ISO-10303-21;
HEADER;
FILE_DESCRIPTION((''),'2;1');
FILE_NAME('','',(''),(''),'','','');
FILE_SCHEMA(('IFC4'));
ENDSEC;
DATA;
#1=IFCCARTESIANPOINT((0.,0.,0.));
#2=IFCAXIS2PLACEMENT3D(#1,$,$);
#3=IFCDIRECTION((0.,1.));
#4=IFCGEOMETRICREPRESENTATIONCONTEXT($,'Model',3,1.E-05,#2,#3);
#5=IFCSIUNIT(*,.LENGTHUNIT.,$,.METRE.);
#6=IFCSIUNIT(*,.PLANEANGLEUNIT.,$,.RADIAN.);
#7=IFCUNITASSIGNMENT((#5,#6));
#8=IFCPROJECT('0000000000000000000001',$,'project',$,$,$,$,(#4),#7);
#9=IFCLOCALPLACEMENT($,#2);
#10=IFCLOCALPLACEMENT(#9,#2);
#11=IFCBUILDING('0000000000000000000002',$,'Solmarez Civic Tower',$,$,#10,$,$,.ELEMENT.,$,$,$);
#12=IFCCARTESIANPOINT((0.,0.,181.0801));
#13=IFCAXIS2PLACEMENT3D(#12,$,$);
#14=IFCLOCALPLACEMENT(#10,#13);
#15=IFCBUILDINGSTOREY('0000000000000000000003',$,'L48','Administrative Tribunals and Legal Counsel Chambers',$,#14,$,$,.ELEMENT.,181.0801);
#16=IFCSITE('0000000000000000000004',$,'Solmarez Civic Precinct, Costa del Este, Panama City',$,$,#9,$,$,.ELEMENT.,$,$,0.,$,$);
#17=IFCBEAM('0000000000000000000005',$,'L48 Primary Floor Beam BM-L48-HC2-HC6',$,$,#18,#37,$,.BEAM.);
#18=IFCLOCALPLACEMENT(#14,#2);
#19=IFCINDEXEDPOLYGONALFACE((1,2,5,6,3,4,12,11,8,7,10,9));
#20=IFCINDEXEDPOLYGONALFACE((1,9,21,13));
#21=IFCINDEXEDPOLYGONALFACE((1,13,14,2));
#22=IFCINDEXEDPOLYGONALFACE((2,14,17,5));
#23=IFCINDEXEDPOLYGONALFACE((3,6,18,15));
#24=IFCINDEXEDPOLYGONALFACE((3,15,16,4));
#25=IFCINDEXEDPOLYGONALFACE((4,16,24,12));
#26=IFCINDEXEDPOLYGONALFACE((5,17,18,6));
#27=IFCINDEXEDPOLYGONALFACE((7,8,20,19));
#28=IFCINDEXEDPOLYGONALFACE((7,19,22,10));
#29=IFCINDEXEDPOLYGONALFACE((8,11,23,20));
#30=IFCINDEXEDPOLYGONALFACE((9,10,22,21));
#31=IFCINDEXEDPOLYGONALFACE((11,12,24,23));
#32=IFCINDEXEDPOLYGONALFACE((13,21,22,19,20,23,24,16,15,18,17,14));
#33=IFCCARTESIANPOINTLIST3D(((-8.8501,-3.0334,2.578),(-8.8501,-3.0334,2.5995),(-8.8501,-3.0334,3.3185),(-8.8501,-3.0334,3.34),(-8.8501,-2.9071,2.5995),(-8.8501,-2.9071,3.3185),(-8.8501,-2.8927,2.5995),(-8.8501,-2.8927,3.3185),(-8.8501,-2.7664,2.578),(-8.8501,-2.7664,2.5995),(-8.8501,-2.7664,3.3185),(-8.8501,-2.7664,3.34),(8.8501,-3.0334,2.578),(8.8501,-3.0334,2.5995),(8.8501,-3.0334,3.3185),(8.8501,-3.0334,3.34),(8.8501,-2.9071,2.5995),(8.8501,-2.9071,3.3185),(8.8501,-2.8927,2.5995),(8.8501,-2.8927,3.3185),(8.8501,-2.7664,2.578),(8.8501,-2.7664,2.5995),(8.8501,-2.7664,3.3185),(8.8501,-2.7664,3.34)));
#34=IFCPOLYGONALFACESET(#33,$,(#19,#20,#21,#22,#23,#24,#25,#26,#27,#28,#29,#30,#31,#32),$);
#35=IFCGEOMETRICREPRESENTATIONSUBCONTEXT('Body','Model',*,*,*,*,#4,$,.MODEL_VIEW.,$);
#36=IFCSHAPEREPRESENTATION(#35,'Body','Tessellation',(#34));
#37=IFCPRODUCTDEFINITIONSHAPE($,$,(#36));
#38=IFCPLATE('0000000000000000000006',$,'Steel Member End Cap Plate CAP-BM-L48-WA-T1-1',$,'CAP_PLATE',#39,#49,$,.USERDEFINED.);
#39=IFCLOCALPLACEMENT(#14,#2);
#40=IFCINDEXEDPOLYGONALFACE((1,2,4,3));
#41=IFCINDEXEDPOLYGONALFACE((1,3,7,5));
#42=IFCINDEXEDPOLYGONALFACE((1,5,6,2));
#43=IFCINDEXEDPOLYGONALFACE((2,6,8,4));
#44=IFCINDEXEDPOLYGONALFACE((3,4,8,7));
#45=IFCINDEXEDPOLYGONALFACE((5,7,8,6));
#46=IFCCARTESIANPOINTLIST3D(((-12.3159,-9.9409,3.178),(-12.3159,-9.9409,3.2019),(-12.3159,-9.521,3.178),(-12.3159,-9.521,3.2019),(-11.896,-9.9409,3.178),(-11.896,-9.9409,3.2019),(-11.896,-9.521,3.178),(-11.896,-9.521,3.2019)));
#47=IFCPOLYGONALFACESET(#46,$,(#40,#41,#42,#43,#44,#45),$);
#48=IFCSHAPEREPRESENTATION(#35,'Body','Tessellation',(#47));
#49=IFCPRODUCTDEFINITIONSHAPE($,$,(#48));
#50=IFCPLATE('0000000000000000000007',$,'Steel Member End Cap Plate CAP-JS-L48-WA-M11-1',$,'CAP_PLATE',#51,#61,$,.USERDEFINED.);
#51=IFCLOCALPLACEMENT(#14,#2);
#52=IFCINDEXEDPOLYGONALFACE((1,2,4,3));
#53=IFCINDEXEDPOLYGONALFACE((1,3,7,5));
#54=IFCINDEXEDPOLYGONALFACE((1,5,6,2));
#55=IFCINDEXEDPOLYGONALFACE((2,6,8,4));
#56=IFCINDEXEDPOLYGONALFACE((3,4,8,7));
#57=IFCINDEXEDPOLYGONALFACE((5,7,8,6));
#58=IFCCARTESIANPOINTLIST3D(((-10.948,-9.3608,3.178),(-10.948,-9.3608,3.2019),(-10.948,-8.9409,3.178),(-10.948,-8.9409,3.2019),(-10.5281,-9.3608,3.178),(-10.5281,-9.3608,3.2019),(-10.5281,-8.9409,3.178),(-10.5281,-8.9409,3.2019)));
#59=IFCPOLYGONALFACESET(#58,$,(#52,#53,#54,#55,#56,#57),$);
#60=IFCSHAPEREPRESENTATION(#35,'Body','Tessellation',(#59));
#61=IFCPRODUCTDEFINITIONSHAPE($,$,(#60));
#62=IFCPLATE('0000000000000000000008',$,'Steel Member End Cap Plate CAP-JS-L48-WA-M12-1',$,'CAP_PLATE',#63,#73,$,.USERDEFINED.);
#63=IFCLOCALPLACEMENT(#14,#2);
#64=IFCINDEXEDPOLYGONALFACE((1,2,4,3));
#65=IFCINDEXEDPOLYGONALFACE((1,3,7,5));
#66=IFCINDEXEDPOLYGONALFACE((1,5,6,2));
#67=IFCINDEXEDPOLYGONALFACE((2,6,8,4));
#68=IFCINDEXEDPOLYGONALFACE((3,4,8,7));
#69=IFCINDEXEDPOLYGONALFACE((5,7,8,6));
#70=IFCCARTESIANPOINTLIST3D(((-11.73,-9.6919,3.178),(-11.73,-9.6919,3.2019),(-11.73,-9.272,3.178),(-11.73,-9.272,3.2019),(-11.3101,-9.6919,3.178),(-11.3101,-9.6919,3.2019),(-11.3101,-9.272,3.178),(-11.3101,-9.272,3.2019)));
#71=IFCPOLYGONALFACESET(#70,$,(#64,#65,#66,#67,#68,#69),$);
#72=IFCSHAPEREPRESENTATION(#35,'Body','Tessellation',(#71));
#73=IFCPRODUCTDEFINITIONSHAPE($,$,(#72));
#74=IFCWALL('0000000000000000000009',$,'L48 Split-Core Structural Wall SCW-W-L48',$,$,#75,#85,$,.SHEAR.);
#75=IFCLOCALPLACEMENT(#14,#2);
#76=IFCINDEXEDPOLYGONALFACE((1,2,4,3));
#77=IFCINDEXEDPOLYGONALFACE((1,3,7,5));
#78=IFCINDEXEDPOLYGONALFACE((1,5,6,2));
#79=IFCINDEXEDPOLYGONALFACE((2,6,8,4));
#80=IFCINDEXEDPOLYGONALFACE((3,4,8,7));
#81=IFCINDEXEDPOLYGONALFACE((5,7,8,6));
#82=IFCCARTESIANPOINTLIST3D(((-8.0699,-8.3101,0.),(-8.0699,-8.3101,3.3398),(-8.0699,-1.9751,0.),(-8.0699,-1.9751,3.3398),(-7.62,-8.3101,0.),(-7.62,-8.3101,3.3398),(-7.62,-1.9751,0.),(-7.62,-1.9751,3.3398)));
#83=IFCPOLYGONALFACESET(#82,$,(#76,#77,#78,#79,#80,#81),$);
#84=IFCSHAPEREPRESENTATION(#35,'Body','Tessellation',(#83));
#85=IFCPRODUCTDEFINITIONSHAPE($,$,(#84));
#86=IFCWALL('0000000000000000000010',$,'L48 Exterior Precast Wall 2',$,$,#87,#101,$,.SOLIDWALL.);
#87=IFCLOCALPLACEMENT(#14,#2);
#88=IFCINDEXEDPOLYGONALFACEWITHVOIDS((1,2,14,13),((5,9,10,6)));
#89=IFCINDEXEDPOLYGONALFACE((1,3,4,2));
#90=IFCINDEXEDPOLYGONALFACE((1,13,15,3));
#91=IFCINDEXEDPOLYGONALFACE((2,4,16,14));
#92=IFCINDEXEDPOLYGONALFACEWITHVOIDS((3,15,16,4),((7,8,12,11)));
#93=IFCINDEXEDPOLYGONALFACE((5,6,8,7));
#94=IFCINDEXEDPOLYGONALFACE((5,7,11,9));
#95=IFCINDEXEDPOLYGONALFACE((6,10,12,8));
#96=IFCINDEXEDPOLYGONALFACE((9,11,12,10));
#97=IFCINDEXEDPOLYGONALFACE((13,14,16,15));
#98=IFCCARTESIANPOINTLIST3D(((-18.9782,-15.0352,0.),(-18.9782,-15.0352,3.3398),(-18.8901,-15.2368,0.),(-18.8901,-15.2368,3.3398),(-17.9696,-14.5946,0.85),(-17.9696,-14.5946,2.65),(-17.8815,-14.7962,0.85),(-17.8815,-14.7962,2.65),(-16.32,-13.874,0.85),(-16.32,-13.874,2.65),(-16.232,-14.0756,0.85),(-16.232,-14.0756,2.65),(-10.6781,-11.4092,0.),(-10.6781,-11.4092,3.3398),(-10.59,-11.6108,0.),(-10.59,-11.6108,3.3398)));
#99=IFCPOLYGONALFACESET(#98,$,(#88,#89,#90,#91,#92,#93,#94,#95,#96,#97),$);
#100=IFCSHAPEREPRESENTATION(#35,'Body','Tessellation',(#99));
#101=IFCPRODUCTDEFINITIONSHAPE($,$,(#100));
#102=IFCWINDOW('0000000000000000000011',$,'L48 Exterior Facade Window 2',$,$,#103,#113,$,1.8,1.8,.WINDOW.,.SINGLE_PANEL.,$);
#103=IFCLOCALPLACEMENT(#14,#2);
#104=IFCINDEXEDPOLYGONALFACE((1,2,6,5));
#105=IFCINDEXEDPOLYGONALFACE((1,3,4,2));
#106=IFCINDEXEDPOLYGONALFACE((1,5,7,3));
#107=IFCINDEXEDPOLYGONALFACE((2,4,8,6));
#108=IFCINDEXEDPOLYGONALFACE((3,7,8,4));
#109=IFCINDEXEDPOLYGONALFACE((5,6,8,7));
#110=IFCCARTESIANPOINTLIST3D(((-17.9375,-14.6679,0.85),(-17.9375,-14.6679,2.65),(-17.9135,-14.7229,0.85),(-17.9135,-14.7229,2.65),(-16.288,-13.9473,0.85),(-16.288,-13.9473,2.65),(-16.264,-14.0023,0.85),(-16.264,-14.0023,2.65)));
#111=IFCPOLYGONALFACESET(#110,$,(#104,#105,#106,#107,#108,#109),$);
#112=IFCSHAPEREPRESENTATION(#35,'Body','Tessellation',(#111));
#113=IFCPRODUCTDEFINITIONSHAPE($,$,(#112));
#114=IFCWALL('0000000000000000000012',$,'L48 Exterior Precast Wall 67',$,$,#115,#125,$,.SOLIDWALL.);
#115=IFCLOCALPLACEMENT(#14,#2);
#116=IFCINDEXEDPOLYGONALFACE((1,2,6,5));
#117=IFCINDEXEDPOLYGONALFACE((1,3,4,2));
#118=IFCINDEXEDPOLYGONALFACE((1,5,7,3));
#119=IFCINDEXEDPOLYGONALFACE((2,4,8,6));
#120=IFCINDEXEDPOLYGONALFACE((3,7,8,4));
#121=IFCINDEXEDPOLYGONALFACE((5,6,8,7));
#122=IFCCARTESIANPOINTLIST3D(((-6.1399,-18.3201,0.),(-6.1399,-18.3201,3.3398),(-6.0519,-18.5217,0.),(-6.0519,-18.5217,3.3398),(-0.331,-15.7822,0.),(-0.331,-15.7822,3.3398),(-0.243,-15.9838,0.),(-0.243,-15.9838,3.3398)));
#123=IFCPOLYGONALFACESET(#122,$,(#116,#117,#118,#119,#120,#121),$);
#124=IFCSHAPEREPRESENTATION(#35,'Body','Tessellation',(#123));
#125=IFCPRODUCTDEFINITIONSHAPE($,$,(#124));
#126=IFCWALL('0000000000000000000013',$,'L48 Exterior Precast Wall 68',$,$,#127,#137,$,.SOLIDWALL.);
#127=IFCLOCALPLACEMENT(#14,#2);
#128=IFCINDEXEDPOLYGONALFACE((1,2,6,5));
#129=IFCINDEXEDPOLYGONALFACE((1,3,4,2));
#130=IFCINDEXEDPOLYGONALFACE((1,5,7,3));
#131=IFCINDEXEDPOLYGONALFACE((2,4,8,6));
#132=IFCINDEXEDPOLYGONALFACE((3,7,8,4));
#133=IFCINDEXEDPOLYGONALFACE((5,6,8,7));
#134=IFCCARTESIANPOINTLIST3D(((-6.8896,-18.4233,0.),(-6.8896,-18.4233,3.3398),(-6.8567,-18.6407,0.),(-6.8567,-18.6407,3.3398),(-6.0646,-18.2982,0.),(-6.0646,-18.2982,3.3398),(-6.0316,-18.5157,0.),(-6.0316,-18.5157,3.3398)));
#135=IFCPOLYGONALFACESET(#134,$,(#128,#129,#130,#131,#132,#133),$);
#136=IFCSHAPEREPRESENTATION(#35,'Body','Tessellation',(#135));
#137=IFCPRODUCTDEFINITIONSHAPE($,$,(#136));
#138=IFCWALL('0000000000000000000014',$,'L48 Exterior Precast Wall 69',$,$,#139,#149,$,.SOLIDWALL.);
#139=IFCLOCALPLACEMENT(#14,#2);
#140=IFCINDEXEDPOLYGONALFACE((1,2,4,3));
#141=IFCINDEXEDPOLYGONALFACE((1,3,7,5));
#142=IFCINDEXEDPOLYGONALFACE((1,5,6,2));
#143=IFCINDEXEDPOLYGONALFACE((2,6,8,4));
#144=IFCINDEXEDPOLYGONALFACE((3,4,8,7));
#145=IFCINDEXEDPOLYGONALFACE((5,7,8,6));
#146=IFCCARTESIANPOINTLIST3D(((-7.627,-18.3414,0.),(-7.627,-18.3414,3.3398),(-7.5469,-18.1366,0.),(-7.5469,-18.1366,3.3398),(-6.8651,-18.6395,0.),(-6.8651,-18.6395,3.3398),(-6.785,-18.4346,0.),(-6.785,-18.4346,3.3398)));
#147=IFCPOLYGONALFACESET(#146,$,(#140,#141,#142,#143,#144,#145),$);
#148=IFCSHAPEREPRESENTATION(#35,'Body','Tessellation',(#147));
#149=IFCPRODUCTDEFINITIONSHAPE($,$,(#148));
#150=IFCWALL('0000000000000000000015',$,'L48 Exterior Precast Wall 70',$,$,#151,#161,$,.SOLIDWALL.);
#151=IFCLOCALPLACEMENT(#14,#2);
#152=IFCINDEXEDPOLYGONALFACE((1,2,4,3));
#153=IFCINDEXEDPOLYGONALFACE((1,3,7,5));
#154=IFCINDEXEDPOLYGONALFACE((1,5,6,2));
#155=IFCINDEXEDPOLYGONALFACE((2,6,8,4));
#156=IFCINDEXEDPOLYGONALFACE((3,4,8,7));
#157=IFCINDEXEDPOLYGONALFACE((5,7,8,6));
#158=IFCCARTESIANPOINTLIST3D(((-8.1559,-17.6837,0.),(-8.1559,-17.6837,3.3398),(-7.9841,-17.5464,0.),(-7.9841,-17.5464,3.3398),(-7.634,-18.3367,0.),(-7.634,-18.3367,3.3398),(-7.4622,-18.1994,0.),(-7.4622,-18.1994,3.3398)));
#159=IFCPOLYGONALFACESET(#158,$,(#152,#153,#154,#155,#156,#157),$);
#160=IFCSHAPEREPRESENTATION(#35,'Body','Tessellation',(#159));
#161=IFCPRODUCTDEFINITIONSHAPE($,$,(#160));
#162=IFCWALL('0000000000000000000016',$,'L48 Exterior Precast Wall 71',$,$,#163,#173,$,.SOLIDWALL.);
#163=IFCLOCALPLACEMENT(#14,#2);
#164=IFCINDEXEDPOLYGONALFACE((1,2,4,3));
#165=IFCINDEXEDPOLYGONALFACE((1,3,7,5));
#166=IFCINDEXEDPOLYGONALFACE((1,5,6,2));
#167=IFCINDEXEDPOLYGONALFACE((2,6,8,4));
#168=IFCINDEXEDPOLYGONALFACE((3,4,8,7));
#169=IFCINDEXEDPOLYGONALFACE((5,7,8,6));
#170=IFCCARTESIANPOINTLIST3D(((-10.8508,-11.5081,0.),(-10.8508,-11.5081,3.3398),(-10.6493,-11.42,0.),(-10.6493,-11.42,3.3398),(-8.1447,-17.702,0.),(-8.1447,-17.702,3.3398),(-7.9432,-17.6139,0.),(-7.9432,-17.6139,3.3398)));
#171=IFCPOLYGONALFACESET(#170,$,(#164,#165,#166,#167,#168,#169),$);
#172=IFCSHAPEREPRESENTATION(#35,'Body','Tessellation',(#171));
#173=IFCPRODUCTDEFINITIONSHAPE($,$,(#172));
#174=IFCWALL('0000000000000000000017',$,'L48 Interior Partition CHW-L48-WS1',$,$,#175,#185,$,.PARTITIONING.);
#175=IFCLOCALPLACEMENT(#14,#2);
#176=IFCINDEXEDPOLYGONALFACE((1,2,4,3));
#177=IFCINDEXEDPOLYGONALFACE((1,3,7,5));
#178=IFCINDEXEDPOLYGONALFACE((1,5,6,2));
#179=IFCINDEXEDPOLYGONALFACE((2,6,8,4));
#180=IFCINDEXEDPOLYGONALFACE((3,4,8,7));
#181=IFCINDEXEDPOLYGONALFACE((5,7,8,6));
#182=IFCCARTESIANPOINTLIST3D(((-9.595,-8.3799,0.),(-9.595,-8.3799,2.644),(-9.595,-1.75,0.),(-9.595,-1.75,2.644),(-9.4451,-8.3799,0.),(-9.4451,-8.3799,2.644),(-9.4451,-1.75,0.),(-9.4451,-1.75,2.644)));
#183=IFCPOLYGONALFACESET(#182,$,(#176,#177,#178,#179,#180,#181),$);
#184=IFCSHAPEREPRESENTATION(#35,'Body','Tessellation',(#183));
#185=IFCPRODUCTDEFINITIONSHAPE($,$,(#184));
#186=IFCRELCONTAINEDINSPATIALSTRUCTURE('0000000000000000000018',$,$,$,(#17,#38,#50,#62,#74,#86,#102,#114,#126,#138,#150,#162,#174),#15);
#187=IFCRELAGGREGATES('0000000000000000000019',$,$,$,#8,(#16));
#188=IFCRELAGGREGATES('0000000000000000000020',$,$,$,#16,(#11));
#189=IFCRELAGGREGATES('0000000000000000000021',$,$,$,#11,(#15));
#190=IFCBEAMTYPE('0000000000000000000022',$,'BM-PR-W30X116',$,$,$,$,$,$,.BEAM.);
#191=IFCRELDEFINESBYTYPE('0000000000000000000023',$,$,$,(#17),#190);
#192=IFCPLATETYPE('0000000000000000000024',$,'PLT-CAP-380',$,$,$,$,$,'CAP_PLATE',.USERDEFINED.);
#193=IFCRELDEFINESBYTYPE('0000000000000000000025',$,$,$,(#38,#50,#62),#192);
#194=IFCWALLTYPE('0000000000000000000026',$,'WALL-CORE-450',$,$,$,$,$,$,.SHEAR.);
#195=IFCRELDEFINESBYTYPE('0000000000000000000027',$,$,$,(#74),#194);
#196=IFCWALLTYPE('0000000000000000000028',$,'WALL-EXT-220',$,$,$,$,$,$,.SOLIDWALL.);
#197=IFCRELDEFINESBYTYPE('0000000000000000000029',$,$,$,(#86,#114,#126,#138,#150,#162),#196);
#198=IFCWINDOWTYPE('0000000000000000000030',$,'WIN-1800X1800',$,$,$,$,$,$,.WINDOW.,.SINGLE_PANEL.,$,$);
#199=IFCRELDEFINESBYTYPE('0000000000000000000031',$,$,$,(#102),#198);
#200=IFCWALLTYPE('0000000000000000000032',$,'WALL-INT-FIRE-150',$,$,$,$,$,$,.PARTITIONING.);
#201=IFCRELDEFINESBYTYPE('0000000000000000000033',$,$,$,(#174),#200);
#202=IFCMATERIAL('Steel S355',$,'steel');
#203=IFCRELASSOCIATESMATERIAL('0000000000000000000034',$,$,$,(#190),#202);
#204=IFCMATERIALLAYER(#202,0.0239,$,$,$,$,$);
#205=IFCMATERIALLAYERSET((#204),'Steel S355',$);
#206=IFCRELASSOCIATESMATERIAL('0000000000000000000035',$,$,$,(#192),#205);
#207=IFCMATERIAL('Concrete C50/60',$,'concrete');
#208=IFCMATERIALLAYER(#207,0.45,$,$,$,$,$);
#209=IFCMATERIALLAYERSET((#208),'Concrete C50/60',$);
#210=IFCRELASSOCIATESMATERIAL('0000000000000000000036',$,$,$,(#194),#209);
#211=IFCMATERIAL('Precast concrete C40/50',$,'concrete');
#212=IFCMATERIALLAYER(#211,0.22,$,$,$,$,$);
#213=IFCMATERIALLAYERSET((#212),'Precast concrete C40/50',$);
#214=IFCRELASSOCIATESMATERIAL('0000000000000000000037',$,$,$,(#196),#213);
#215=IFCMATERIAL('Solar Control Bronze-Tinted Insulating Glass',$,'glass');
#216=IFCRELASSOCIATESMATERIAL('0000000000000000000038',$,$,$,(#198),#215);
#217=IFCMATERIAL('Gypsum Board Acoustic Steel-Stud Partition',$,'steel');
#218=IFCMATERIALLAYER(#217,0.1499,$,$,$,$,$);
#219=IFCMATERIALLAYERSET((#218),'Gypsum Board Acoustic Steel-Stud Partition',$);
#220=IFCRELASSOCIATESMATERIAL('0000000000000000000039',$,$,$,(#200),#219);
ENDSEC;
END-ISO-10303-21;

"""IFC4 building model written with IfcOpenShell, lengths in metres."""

from ifc_helpers import new_model, si_unit, direction, frame, frame_2d, origin, origin_2d, place, context, subcontext, project, spatial, rectangle, i_section, extrude, material, layer, layer_set, material_profile, profile_set, type_object, element, fill, save


model = new_model("IFC4")

# Units and contexts
model_context = context("Model", 3, precision=1e-05, world=origin(), true_north=direction((0.0, 1.0)))
body_context = subcontext(model_context, "Body", "Model", "MODEL_VIEW")
ifc_project = project(units=[si_unit("LENGTHUNIT", "METRE"), si_unit("PLANEANGLEUNIT", "RADIAN")], contexts=[model_context])

# Site, building, storey
site_placement = place(None, origin())
site = spatial("IfcSite", under=ifc_project, at=site_placement, Name="Solmarez Civic Precinct, Costa del Este, Panama City", CompositionType="ELEMENT", RefElevation=0.0)
building_placement = place(site_placement, origin())
building = spatial("IfcBuilding", under=site, at=building_placement, Name="Solmarez Civic Tower", CompositionType="ELEMENT")
storey_placement = place(building_placement, frame((0.0, 0.0, 181.0801)))
storey = spatial("IfcBuildingStorey", under=building, at=storey_placement, Name="L48", Description="Administrative Tribunals and Legal Counsel Chambers", CompositionType="ELEMENT", Elevation=181.0801)

# Shared definitions
ifc_material_1 = material(Name="Concrete C50/60", Category="concrete")
ifc_material_2 = material(Name="Steel S355", Category="steel")

# Beam
ifc_material_profile_1 = material_profile(ifc_material_2, i_section(OverallWidth=0.2671, OverallDepth=0.762, WebThickness=0.0144, FlangeThickness=0.0215, at=origin_2d()), Name="W30X116")
ifc_profile_set_1 = profile_set([ifc_material_profile_1], Name="Steel S355")
beam_type_1 = type_object("IfcBeamType", Name="BM-PR-W30X116", PredefinedType="BEAM", material=ifc_profile_set_1)
beam_1_placement = place(storey_placement, frame((-8.8501, -2.8999, 2.959), z_axis=(1.0, 0.0, 0.0), x_axis=(0.0, 1.0, 0.0)))
element("IfcBeam", 1, at=beam_1_placement, inside=storey, type_object=beam_type_1, Name="L48 Primary Floor Beam BM-L48-HC2-HC6", PredefinedType="BEAM", context=body_context, shape_type="SweptSolid", body=[
    extrude(i_section(OverallWidth=0.2671, OverallDepth=0.762, WebThickness=0.0144, FlangeThickness=0.0215, at=origin_2d()), origin(), (0.0, 0.0, 1.0), 17.7002),
])

# Plates
ifc_layer_1 = layer(ifc_material_2, 0.0239)
ifc_layer_set_1 = layer_set([ifc_layer_1], Name="Steel S355")
plate_type = type_object("IfcPlateType", Name="PLT-CAP-380", ElementType="CAP_PLATE", PredefinedType="USERDEFINED", material=ifc_layer_set_1)
for number, where, z_axis, x_axis, name in (
    (2, (-12.106, -9.731, 3.178), (0.0, 0.0, 1.0), (1.0, 0.0, 0.0), "Steel Member End Cap Plate CAP-BM-L48-WA-T1-1"),
    (3, (-10.738, -9.1509, 3.178), (0.0, 0.0, 1.0), (1.0, 0.0, 0.0), "Steel Member End Cap Plate CAP-JS-L48-WA-M11-1"),
    (4, (-11.52, -9.4819, 3.178), (0.0, 0.0, 1.0), (1.0, 0.0, 0.0), "Steel Member End Cap Plate CAP-JS-L48-WA-M12-1"),
):
    element("IfcPlate", number, at=place(storey_placement, frame(where, z_axis=z_axis, x_axis=x_axis)), inside=storey, type_object=plate_type, Name=name, ObjectType="CAP_PLATE", PredefinedType="USERDEFINED", context=body_context, shape_type="SweptSolid", body=[
        extrude(rectangle(XDim=0.4199, YDim=0.4199, at=origin_2d()), origin(), (0.0, 0.0, 1.0), 0.0239),
    ])

# Wall
ifc_layer_2 = layer(ifc_material_1, 0.45)
ifc_layer_set_2 = layer_set([ifc_layer_2], Name="Concrete C50/60")
wall_type_1 = type_object("IfcWallType", Name="WALL-CORE-450", PredefinedType="SHEAR", material=ifc_layer_set_2)
wall_1_placement = place(storey_placement, frame((-7.845, -8.3101, 0.0), z_axis=(0.0, 0.0, 1.0), x_axis=(0.0, 1.0, 0.0)))
element("IfcWall", 5, at=wall_1_placement, inside=storey, type_object=wall_type_1, Name="L48 Split-Core Structural Wall SCW-W-L48", PredefinedType="SHEAR", context=body_context, shape_type="SweptSolid", body=[
    extrude(rectangle(XDim=6.335, YDim=0.45, at=frame_2d((3.1675, 0.0))), origin(), (0.0, 0.0, 1.0), 3.3398),
])

# Wall, opening, window
ifc_material_3 = material(Name="Precast concrete C40/50", Category="concrete")
ifc_layer_3 = layer(ifc_material_3, 0.22)
ifc_layer_set_3 = layer_set([ifc_layer_3], Name="Precast concrete C40/50")
wall_type_2 = type_object("IfcWallType", Name="WALL-EXT-220", PredefinedType="SOLIDWALL", material=ifc_layer_set_3)
wall_2_placement = place(storey_placement, frame((-10.634, -11.51, 0.0), z_axis=(0.0, 0.0, 1.0), x_axis=(-0.916372, -0.400328, 0.0)))
wall_2 = element("IfcWall", 6, at=wall_2_placement, inside=storey, type_object=wall_type_2, Name="L48 Exterior Precast Wall 2", PredefinedType="SOLIDWALL", context=body_context, shape_type="SweptSolid", body=[
    extrude(rectangle(XDim=9.0576, YDim=0.22, at=frame_2d((4.5288, 0.0))), origin(), (0.0, 0.0, 1.0), 3.3398),
])
opening_1_placement = place(wall_2_placement, frame((6.157, 0.0, 0.8501)))
opening_1 = element("IfcOpeningElement", 7, at=opening_1_placement, cuts=wall_2, PredefinedType="OPENING", context=body_context, shape_type="SweptSolid", body=[
    extrude(rectangle(XDim=1.8, YDim=1.8, at=frame_2d((0.8999, 0.8999))), frame((0.0, 0.1199, 0.0), z_axis=(0.0, -1.0, 0.0), x_axis=(1.0, 0.0, 0.0)), (0.0, 0.0, 1.0), 0.24),
])
ifc_material_4 = material(Name="Solar Control Bronze-Tinted Insulating Glass", Category="glass")
window_type = type_object("IfcWindowType", Name="WIN-1800X1800", PartitioningType="SINGLE_PANEL", PredefinedType="WINDOW", material=ifc_material_4)
window_placement = place(opening_1_placement, origin())
window = element("IfcWindow", 8, at=window_placement, inside=storey, type_object=window_type, Name="L48 Exterior Facade Window 2", OverallHeight=1.8, OverallWidth=1.8, PartitioningType="SINGLE_PANEL", PredefinedType="WINDOW", context=body_context, shape_type="SweptSolid", body=[
    extrude(rectangle(XDim=1.8, YDim=1.8, at=frame_2d((0.8999, 0.8999))), frame((0.0, 0.03, 0.0), z_axis=(0.0, -1.0, 0.0), x_axis=(1.0, 0.0, 0.0)), (0.0, 0.0, 1.0), 0.0601),
])
fill(opening_1, window)

# Walls
wall_3_placement = place(storey_placement, frame((-0.2871, -15.8831, 0.0), z_axis=(0.0, 0.0, 1.0), x_axis=(-0.916361, -0.400352, 0.0)))
element("IfcWall", 9, at=wall_3_placement, inside=storey, type_object=wall_type_2, Name="L48 Exterior Precast Wall 67", PredefinedType="SOLIDWALL", context=body_context, shape_type="SweptSolid", body=[
    extrude(rectangle(XDim=6.3391, YDim=0.22, at=frame_2d((3.1694, 0.0))), origin(), (0.0, 0.0, 1.0), 3.3398),
])
wall_4_placement = place(storey_placement, frame((-6.0481, -18.407, 0.0), z_axis=(0.0, 0.0, 1.0), x_axis=(-0.988714, -0.149814, 0.0)))
element("IfcWall", 10, at=wall_4_placement, inside=storey, type_object=wall_type_2, Name="L48 Exterior Precast Wall 68", PredefinedType="SOLIDWALL", context=body_context, shape_type="SweptSolid", body=[
    extrude(rectangle(XDim=0.8345, YDim=0.22, at=frame_2d((0.4172, 0.0))), origin(), (0.0, 0.0, 1.0), 3.3398),
])
wall_5_placement = place(storey_placement, frame((-6.825, -18.5371, 0.0), z_axis=(0.0, 0.0, 1.0), x_axis=(-0.931269, 0.364332, 0.0)))
element("IfcWall", 11, at=wall_5_placement, inside=storey, type_object=wall_type_2, Name="L48 Exterior Precast Wall 69", PredefinedType="SOLIDWALL", context=body_context, shape_type="SweptSolid", body=[
    extrude(rectangle(XDim=0.8181, YDim=0.22, at=frame_2d((0.4092, 0.0))), origin(), (0.0, 0.0, 1.0), 3.3398),
])
wall_6_placement = place(storey_placement, frame((-7.5481, -18.2681, 0.0), z_axis=(0.0, 0.0, 1.0), x_axis=(-0.624339, 0.781154, 0.0)))
element("IfcWall", 12, at=wall_6_placement, inside=storey, type_object=wall_type_2, Name="L48 Exterior Precast Wall 70", PredefinedType="SOLIDWALL", context=body_context, shape_type="SweptSolid", body=[
    extrude(rectangle(XDim=0.8359, YDim=0.22, at=frame_2d((0.418, 0.0))), origin(), (0.0, 0.0, 1.0), 3.3398),
])
wall_7_placement = place(storey_placement, frame((-8.0439, -17.658, 0.0), z_axis=(0.0, 0.0, 1.0), x_axis=(-0.400353, 0.916361, 0.0)))
element("IfcWall", 13, at=wall_7_placement, inside=storey, type_object=wall_type_2, Name="L48 Exterior Precast Wall 71", PredefinedType="SOLIDWALL", context=body_context, shape_type="SweptSolid", body=[
    extrude(rectangle(XDim=6.7593, YDim=0.22, at=frame_2d((3.3796, 0.0))), origin(), (0.0, 0.0, 1.0), 3.3398),
])
ifc_material_5 = material(Name="Gypsum Board Acoustic Steel-Stud Partition", Category="steel")
ifc_layer_4 = layer(ifc_material_5, 0.1499)
ifc_layer_set_4 = layer_set([ifc_layer_4], Name="Gypsum Board Acoustic Steel-Stud Partition")
wall_type_3 = type_object("IfcWallType", Name="WALL-INT-FIRE-150", PredefinedType="PARTITIONING", material=ifc_layer_set_4)
wall_8_placement = place(storey_placement, frame((-9.52, -8.3799, 0.0), z_axis=(0.0, 0.0, 1.0), x_axis=(0.0, 1.0, 0.0)))
element("IfcWall", 14, at=wall_8_placement, inside=storey, type_object=wall_type_3, Name="L48 Interior Partition CHW-L48-WS1", PredefinedType="PARTITIONING", context=body_context, shape_type="SweptSolid", body=[
    extrude(rectangle(XDim=6.6299, YDim=0.1499, at=frame_2d((3.3149, 0.0))), origin(), (0.0, 0.0, 1.0), 2.644),
])

save(model, "model.ifc")
